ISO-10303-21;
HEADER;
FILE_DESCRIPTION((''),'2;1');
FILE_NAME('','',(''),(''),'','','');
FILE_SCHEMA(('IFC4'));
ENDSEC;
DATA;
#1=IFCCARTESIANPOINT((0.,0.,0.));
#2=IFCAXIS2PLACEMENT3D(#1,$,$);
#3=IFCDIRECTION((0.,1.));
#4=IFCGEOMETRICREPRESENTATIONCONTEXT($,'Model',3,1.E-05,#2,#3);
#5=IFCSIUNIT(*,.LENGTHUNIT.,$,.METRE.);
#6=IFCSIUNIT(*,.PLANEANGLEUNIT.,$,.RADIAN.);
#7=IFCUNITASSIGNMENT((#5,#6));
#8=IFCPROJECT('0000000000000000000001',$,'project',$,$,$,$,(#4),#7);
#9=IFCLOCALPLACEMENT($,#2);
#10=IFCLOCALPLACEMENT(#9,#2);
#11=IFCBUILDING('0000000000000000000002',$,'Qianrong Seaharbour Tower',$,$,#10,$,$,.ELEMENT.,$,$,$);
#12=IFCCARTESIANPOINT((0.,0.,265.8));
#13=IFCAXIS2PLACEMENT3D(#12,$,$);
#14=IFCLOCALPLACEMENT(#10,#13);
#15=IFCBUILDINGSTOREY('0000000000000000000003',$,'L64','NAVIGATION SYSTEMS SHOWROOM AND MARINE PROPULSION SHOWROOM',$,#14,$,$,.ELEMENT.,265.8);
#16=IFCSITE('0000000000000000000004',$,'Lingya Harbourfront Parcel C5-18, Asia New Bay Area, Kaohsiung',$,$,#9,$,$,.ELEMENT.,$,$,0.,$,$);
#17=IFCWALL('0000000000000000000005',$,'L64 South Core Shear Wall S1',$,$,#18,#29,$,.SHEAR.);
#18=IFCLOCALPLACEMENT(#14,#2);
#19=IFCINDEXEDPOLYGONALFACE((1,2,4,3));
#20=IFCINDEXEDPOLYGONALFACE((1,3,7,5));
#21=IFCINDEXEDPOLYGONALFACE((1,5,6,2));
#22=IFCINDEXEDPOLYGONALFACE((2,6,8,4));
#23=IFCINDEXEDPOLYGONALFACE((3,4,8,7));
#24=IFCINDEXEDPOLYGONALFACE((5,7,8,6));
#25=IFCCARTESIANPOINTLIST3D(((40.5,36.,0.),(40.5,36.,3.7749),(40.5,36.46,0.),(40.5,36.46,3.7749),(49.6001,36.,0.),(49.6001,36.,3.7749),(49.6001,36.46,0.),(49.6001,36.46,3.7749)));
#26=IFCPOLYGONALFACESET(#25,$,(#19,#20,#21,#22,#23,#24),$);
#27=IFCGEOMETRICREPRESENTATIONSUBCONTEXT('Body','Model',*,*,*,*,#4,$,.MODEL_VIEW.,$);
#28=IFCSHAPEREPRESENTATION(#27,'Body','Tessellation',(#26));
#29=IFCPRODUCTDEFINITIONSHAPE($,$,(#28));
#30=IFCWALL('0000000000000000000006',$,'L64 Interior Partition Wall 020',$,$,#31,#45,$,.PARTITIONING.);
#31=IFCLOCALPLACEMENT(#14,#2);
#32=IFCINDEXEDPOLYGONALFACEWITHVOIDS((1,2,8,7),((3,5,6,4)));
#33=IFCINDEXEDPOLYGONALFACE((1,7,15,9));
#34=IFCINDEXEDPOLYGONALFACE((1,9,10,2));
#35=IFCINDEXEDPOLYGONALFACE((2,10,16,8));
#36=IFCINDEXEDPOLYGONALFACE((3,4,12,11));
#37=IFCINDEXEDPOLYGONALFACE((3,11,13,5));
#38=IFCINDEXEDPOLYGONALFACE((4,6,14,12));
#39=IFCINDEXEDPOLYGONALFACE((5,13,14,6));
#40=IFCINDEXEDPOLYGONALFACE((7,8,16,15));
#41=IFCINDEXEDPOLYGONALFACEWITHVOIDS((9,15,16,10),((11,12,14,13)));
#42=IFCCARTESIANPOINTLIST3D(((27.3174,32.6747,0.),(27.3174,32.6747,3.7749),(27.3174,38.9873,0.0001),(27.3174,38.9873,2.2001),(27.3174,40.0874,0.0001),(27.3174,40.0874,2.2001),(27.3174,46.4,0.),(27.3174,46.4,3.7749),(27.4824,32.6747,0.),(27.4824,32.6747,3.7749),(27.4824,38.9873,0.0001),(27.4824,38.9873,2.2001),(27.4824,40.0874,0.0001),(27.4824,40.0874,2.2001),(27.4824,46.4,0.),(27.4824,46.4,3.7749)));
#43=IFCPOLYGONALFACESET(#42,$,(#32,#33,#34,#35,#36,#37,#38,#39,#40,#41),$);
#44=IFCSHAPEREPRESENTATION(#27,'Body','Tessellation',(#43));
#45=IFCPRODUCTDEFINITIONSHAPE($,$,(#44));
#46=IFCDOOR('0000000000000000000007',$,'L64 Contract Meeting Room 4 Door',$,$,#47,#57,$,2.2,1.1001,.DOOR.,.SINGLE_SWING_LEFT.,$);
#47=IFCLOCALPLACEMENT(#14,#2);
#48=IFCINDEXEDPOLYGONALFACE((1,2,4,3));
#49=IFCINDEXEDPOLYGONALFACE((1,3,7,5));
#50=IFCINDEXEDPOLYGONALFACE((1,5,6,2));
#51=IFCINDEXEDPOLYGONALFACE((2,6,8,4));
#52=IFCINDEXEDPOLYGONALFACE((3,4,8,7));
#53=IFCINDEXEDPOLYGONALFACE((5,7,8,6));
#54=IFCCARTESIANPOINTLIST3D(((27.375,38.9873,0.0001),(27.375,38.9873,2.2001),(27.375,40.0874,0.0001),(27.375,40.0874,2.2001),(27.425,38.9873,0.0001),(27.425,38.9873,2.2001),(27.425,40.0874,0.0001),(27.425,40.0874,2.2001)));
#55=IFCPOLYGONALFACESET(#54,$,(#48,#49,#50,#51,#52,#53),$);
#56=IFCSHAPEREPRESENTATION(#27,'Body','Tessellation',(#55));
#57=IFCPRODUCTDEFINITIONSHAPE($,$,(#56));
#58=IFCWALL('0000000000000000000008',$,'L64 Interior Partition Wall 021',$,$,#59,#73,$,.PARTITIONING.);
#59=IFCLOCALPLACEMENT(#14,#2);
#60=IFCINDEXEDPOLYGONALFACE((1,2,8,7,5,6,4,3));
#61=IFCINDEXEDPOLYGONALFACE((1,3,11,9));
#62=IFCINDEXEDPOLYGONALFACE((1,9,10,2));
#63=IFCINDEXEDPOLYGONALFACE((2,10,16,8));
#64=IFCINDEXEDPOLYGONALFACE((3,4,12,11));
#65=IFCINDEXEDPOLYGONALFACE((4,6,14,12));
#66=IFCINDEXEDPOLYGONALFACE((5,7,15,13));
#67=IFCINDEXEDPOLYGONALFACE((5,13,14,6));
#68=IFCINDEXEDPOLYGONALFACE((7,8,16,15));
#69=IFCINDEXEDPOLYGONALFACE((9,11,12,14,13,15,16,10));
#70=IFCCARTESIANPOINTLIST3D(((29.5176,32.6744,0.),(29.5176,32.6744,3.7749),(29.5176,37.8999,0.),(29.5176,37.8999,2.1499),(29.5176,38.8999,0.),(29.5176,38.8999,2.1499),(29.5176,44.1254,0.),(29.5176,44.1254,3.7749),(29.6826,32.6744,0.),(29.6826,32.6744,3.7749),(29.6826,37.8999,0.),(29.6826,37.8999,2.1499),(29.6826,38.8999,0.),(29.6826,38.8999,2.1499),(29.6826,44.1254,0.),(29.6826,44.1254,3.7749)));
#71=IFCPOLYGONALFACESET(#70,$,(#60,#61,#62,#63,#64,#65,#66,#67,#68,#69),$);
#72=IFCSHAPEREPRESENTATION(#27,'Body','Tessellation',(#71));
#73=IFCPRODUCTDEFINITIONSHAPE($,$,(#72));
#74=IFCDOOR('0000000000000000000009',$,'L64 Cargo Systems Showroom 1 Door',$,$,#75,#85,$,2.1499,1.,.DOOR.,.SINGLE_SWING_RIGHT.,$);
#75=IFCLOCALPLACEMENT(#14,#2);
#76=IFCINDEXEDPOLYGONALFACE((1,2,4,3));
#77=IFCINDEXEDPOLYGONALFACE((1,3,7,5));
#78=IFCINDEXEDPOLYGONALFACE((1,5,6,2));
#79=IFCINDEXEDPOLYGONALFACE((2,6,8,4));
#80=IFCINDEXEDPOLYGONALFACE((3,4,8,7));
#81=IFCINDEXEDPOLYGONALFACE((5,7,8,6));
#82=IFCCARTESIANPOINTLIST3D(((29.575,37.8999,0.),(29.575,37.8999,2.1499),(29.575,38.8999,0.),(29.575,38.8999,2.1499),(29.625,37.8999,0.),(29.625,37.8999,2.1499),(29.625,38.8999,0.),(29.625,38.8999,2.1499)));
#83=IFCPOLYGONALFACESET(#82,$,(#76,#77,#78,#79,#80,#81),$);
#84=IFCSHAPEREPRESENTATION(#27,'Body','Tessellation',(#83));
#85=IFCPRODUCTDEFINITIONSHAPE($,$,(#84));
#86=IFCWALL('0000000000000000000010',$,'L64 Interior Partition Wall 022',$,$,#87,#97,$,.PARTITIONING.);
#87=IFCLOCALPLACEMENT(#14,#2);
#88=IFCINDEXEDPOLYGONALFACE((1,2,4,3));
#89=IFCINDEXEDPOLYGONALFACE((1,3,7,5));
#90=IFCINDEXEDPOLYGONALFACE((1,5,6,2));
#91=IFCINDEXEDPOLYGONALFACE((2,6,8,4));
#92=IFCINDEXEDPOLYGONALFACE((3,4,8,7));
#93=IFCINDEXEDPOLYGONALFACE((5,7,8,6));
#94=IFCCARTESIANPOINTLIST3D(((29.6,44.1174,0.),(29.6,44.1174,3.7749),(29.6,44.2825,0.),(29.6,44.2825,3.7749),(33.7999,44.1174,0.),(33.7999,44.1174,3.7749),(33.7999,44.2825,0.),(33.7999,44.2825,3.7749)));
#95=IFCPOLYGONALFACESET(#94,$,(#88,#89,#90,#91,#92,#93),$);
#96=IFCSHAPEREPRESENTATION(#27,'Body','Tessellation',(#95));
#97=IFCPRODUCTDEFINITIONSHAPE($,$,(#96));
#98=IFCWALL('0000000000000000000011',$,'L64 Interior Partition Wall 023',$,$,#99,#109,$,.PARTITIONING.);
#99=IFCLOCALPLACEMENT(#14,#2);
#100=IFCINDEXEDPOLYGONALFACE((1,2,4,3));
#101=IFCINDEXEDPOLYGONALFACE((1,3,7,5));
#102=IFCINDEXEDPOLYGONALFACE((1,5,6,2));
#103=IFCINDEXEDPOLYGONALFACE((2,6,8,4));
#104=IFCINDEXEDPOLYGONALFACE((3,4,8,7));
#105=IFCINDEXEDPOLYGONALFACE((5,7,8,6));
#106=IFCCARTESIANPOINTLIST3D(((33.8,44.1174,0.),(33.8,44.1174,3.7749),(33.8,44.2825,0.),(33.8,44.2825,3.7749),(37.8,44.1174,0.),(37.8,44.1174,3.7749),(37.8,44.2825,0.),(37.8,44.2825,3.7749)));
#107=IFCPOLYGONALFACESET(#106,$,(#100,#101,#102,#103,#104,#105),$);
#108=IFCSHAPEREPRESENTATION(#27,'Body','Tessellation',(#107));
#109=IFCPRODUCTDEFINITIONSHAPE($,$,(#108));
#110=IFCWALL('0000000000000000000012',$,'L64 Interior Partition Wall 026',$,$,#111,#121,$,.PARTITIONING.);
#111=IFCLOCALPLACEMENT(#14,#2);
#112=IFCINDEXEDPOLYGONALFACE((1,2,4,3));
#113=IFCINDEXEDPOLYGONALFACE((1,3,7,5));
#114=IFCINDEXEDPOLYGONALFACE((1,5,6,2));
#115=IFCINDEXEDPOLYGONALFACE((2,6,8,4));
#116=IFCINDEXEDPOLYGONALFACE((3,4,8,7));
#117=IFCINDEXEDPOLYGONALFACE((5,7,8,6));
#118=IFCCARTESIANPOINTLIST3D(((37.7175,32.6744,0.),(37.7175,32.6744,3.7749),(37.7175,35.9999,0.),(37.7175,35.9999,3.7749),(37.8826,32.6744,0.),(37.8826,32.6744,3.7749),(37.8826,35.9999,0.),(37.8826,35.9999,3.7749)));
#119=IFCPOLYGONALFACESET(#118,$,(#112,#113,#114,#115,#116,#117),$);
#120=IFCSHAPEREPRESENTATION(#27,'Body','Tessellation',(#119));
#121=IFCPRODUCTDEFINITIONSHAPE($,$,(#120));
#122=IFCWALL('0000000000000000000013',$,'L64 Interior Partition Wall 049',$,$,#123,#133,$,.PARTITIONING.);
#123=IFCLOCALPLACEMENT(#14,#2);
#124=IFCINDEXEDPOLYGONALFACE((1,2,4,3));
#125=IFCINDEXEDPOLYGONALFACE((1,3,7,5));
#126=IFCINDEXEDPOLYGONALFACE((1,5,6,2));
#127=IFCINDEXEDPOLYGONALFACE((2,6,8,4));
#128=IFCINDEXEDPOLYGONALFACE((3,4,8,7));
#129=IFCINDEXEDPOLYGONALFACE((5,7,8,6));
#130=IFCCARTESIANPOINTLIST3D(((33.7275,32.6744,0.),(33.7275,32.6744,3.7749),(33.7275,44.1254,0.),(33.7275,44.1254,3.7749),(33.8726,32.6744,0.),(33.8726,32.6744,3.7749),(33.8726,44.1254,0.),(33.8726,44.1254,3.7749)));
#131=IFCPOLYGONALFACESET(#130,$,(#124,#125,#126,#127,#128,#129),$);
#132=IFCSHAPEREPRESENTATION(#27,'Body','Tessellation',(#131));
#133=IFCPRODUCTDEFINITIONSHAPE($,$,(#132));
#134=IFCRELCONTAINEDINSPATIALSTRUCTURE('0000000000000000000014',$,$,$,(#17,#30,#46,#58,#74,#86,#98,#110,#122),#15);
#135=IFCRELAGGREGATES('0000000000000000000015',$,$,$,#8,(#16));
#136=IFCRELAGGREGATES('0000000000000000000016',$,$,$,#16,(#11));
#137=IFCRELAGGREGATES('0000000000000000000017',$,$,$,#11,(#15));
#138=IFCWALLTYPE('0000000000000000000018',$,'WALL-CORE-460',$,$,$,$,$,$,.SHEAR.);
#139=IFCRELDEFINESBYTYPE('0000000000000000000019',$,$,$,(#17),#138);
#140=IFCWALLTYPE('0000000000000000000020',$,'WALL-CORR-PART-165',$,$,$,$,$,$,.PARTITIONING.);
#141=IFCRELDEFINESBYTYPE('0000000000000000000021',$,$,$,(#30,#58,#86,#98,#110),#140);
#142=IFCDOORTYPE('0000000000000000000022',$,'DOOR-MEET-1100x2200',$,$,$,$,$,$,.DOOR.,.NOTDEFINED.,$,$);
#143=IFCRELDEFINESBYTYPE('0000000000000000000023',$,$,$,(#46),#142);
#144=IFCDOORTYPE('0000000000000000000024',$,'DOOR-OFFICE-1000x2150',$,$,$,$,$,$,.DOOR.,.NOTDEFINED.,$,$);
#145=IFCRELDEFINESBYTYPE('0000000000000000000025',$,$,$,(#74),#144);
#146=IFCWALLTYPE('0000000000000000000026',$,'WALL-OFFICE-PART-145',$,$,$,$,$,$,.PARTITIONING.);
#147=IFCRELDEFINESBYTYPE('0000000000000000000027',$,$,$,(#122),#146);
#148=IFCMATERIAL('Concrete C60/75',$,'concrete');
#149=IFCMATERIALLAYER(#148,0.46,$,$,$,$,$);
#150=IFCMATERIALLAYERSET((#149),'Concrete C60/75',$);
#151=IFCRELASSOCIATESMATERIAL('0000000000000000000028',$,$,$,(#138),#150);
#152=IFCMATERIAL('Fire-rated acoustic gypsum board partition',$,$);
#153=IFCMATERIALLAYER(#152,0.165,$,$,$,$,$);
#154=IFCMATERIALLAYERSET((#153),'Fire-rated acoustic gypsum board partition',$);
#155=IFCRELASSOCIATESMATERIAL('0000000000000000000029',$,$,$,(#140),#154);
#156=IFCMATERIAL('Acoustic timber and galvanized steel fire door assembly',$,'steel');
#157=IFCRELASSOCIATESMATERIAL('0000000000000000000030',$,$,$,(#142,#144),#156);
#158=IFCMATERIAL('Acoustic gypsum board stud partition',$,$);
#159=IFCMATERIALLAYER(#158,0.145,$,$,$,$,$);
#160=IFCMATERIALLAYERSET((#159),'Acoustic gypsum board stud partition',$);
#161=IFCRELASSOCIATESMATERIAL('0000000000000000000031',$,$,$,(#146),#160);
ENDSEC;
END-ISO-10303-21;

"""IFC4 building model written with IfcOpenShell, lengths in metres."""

from ifc_helpers import new_model, si_unit, direction, frame, frame_2d, origin, place, context, subcontext, project, spatial, rectangle, extrude, material, layer, layer_set, type_object, element, fill, save


model = new_model("IFC4")

# Units and contexts
model_context = context("Model", 3, precision=1e-05, world=origin(), true_north=direction((0.0, 1.0)))
body_context = subcontext(model_context, "Body", "Model", "MODEL_VIEW")
ifc_project = project(units=[si_unit("LENGTHUNIT", "METRE"), si_unit("PLANEANGLEUNIT", "RADIAN")], contexts=[model_context])

# Site, building, storey
site_placement = place(None, origin())
site = spatial("IfcSite", under=ifc_project, at=site_placement, Name="Lingya Harbourfront Parcel C5-18, Asia New Bay Area, Kaohsiung", CompositionType="ELEMENT", RefElevation=0.0)
building_placement = place(site_placement, origin())
building = spatial("IfcBuilding", under=site, at=building_placement, Name="Qianrong Seaharbour Tower", CompositionType="ELEMENT")
storey_placement = place(building_placement, frame((0.0, 0.0, 265.8)))
storey = spatial("IfcBuildingStorey", under=building, at=storey_placement, Name="L64", Description="NAVIGATION SYSTEMS SHOWROOM AND MARINE PROPULSION SHOWROOM", CompositionType="ELEMENT", Elevation=265.8)

# Wall
ifc_material_1 = material(Name="Concrete C60/75", Category="concrete")
ifc_layer_1 = layer(ifc_material_1, 0.46)
ifc_layer_set_1 = layer_set([ifc_layer_1], Name="Concrete C60/75")
wall_type_1 = type_object("IfcWallType", Name="WALL-CORE-460", PredefinedType="SHEAR", material=ifc_layer_set_1)
wall_1_placement = place(storey_placement, frame((40.5, 36.23, 0.0), z_axis=(0.0, 0.0, 1.0), x_axis=(1.0, 0.0, 0.0)))
element("IfcWall", 1, at=wall_1_placement, inside=storey, type_object=wall_type_1, Name="L64 South Core Shear Wall S1", PredefinedType="SHEAR", context=body_context, shape_type="SweptSolid", body=[
    extrude(rectangle(XDim=9.1001, YDim=0.46, at=frame_2d((4.55, 0.0))), origin(), (0.0, 0.0, 1.0), 3.7749),
])

# Walls, openings, doors
ifc_material_2 = material(Name="Fire-rated acoustic gypsum board partition")
ifc_layer_2 = layer(ifc_material_2, 0.165)
ifc_layer_set_2 = layer_set([ifc_layer_2], Name="Fire-rated acoustic gypsum board partition")
wall_type_2 = type_object("IfcWallType", Name="WALL-CORR-PART-165", PredefinedType="PARTITIONING", material=ifc_layer_set_2)
ifc_material_3 = material(Name="Acoustic timber and galvanized steel fire door assembly", Category="steel")
wall_2_placement = place(storey_placement, frame((27.3999, 32.6746, 0.0), z_axis=(0.0, 0.0, 1.0), x_axis=(0.0, 1.0, 0.0)))
wall_2 = element("IfcWall", 2, at=wall_2_placement, inside=storey, type_object=wall_type_2, Name="L64 Interior Partition Wall 020", PredefinedType="PARTITIONING", context=body_context, shape_type="SweptSolid", body=[
    extrude(rectangle(XDim=13.7253, YDim=0.165, at=frame_2d((6.8628, 0.0))), origin(), (0.0, 0.0, 1.0), 3.7749),
])
opening_1_placement = place(wall_2_placement, frame((6.3127, 0.0, 0.0)))
opening_1 = element("IfcOpeningElement", 3, at=opening_1_placement, cuts=wall_2, PredefinedType="OPENING", context=body_context, shape_type="SweptSolid", body=[
    extrude(rectangle(XDim=1.1001, YDim=2.2, at=frame_2d((0.55, 1.1001))), frame((0.0, 0.0925, 0.0), z_axis=(0.0, -1.0, 0.0), x_axis=(1.0, 0.0, 0.0)), (0.0, 0.0, 1.0), 0.1851),
])
door_type_1 = type_object("IfcDoorType", Name="DOOR-MEET-1100x2200", OperationType="NOTDEFINED", PredefinedType="DOOR", material=ifc_material_3)
door_1_placement = place(opening_1_placement, origin())
door_1 = element("IfcDoor", 4, at=door_1_placement, inside=storey, type_object=door_type_1, Name="L64 Contract Meeting Room 4 Door", OperationType="SINGLE_SWING_LEFT", OverallHeight=2.2, OverallWidth=1.1001, PredefinedType="DOOR", context=body_context, shape_type="SweptSolid", body=[
    extrude(rectangle(XDim=1.1001, YDim=2.2, at=frame_2d((0.55, 1.1001))), frame((0.0, 0.0249, 0.0), z_axis=(0.0, -1.0, 0.0), x_axis=(1.0, 0.0, 0.0)), (0.0, 0.0, 1.0), 0.05),
])
fill(opening_1, door_1)
wall_3_placement = place(storey_placement, frame((29.6001, 44.1255, 0.0), z_axis=(0.0, 0.0, 1.0), x_axis=(0.0, -1.0, 0.0)))
wall_3 = element("IfcWall", 5, at=wall_3_placement, inside=storey, type_object=wall_type_2, Name="L64 Interior Partition Wall 021", PredefinedType="PARTITIONING", context=body_context, shape_type="SweptSolid", body=[
    extrude(rectangle(XDim=11.4509, YDim=0.165, at=frame_2d((5.7256, 0.0))), origin(), (0.0, 0.0, 1.0), 3.7749),
])
opening_2_placement = place(wall_3_placement, frame((5.2256, 0.0, 0.0)))
opening_2 = element("IfcOpeningElement", 6, at=opening_2_placement, cuts=wall_3, PredefinedType="OPENING", context=body_context, shape_type="SweptSolid", body=[
    extrude(rectangle(XDim=1.0, YDim=2.1499, at=frame_2d((0.5, 1.075))), frame((0.0, 0.0925, 0.0), z_axis=(0.0, -1.0, 0.0), x_axis=(1.0, 0.0, 0.0)), (0.0, 0.0, 1.0), 0.1851),
])
door_type_2 = type_object("IfcDoorType", Name="DOOR-OFFICE-1000x2150", OperationType="NOTDEFINED", PredefinedType="DOOR", material=ifc_material_3)
door_2_placement = place(opening_2_placement, origin())
door_2 = element("IfcDoor", 7, at=door_2_placement, inside=storey, type_object=door_type_2, Name="L64 Cargo Systems Showroom 1 Door", OperationType="SINGLE_SWING_RIGHT", OverallHeight=2.1499, OverallWidth=1.0, PredefinedType="DOOR", context=body_context, shape_type="SweptSolid", body=[
    extrude(rectangle(XDim=1.0, YDim=2.1499, at=frame_2d((0.5, 1.075))), frame((0.0, 0.0249, 0.0), z_axis=(0.0, -1.0, 0.0), x_axis=(1.0, 0.0, 0.0)), (0.0, 0.0, 1.0), 0.05),
])
fill(opening_2, door_2)

# Walls
wall_4_placement = place(storey_placement, frame((33.8, 44.2, 0.0), z_axis=(0.0, 0.0, 1.0), x_axis=(-1.0, 0.0, 0.0)))
element("IfcWall", 8, at=wall_4_placement, inside=storey, type_object=wall_type_2, Name="L64 Interior Partition Wall 022", PredefinedType="PARTITIONING", context=body_context, shape_type="SweptSolid", body=[
    extrude(rectangle(XDim=4.2, YDim=0.165, at=frame_2d((2.1001, 0.0))), origin(), (0.0, 0.0, 1.0), 3.7749),
])
wall_5_placement = place(storey_placement, frame((37.8, 44.2, 0.0), z_axis=(0.0, 0.0, 1.0), x_axis=(-1.0, 0.0, 0.0)))
element("IfcWall", 9, at=wall_5_placement, inside=storey, type_object=wall_type_2, Name="L64 Interior Partition Wall 023", PredefinedType="PARTITIONING", context=body_context, shape_type="SweptSolid", body=[
    extrude(rectangle(XDim=4.0, YDim=0.165, at=frame_2d((2.0, 0.0))), origin(), (0.0, 0.0, 1.0), 3.7749),
])
wall_6_placement = place(storey_placement, frame((37.8, 32.6746, 0.0), z_axis=(0.0, 0.0, 1.0), x_axis=(0.0, 1.0, 0.0)))
element("IfcWall", 10, at=wall_6_placement, inside=storey, type_object=wall_type_2, Name="L64 Interior Partition Wall 026", PredefinedType="PARTITIONING", context=body_context, shape_type="SweptSolid", body=[
    extrude(rectangle(XDim=3.3254, YDim=0.165, at=frame_2d((1.6626, 0.0))), origin(), (0.0, 0.0, 1.0), 3.7749),
])
ifc_material_4 = material(Name="Acoustic gypsum board stud partition")
ifc_layer_3 = layer(ifc_material_4, 0.145)
ifc_layer_set_3 = layer_set([ifc_layer_3], Name="Acoustic gypsum board stud partition")
wall_type_3 = type_object("IfcWallType", Name="WALL-OFFICE-PART-145", PredefinedType="PARTITIONING", material=ifc_layer_set_3)
wall_7_placement = place(storey_placement, frame((33.8, 44.1255, 0.0), z_axis=(0.0, 0.0, 1.0), x_axis=(0.0, -1.0, 0.0)))
element("IfcWall", 11, at=wall_7_placement, inside=storey, type_object=wall_type_3, Name="L64 Interior Partition Wall 049", PredefinedType="PARTITIONING", context=body_context, shape_type="SweptSolid", body=[
    extrude(rectangle(XDim=11.4509, YDim=0.145, at=frame_2d((5.7256, 0.0))), origin(), (0.0, 0.0, 1.0), 3.7749),
])

save(model, "model.ifc")
